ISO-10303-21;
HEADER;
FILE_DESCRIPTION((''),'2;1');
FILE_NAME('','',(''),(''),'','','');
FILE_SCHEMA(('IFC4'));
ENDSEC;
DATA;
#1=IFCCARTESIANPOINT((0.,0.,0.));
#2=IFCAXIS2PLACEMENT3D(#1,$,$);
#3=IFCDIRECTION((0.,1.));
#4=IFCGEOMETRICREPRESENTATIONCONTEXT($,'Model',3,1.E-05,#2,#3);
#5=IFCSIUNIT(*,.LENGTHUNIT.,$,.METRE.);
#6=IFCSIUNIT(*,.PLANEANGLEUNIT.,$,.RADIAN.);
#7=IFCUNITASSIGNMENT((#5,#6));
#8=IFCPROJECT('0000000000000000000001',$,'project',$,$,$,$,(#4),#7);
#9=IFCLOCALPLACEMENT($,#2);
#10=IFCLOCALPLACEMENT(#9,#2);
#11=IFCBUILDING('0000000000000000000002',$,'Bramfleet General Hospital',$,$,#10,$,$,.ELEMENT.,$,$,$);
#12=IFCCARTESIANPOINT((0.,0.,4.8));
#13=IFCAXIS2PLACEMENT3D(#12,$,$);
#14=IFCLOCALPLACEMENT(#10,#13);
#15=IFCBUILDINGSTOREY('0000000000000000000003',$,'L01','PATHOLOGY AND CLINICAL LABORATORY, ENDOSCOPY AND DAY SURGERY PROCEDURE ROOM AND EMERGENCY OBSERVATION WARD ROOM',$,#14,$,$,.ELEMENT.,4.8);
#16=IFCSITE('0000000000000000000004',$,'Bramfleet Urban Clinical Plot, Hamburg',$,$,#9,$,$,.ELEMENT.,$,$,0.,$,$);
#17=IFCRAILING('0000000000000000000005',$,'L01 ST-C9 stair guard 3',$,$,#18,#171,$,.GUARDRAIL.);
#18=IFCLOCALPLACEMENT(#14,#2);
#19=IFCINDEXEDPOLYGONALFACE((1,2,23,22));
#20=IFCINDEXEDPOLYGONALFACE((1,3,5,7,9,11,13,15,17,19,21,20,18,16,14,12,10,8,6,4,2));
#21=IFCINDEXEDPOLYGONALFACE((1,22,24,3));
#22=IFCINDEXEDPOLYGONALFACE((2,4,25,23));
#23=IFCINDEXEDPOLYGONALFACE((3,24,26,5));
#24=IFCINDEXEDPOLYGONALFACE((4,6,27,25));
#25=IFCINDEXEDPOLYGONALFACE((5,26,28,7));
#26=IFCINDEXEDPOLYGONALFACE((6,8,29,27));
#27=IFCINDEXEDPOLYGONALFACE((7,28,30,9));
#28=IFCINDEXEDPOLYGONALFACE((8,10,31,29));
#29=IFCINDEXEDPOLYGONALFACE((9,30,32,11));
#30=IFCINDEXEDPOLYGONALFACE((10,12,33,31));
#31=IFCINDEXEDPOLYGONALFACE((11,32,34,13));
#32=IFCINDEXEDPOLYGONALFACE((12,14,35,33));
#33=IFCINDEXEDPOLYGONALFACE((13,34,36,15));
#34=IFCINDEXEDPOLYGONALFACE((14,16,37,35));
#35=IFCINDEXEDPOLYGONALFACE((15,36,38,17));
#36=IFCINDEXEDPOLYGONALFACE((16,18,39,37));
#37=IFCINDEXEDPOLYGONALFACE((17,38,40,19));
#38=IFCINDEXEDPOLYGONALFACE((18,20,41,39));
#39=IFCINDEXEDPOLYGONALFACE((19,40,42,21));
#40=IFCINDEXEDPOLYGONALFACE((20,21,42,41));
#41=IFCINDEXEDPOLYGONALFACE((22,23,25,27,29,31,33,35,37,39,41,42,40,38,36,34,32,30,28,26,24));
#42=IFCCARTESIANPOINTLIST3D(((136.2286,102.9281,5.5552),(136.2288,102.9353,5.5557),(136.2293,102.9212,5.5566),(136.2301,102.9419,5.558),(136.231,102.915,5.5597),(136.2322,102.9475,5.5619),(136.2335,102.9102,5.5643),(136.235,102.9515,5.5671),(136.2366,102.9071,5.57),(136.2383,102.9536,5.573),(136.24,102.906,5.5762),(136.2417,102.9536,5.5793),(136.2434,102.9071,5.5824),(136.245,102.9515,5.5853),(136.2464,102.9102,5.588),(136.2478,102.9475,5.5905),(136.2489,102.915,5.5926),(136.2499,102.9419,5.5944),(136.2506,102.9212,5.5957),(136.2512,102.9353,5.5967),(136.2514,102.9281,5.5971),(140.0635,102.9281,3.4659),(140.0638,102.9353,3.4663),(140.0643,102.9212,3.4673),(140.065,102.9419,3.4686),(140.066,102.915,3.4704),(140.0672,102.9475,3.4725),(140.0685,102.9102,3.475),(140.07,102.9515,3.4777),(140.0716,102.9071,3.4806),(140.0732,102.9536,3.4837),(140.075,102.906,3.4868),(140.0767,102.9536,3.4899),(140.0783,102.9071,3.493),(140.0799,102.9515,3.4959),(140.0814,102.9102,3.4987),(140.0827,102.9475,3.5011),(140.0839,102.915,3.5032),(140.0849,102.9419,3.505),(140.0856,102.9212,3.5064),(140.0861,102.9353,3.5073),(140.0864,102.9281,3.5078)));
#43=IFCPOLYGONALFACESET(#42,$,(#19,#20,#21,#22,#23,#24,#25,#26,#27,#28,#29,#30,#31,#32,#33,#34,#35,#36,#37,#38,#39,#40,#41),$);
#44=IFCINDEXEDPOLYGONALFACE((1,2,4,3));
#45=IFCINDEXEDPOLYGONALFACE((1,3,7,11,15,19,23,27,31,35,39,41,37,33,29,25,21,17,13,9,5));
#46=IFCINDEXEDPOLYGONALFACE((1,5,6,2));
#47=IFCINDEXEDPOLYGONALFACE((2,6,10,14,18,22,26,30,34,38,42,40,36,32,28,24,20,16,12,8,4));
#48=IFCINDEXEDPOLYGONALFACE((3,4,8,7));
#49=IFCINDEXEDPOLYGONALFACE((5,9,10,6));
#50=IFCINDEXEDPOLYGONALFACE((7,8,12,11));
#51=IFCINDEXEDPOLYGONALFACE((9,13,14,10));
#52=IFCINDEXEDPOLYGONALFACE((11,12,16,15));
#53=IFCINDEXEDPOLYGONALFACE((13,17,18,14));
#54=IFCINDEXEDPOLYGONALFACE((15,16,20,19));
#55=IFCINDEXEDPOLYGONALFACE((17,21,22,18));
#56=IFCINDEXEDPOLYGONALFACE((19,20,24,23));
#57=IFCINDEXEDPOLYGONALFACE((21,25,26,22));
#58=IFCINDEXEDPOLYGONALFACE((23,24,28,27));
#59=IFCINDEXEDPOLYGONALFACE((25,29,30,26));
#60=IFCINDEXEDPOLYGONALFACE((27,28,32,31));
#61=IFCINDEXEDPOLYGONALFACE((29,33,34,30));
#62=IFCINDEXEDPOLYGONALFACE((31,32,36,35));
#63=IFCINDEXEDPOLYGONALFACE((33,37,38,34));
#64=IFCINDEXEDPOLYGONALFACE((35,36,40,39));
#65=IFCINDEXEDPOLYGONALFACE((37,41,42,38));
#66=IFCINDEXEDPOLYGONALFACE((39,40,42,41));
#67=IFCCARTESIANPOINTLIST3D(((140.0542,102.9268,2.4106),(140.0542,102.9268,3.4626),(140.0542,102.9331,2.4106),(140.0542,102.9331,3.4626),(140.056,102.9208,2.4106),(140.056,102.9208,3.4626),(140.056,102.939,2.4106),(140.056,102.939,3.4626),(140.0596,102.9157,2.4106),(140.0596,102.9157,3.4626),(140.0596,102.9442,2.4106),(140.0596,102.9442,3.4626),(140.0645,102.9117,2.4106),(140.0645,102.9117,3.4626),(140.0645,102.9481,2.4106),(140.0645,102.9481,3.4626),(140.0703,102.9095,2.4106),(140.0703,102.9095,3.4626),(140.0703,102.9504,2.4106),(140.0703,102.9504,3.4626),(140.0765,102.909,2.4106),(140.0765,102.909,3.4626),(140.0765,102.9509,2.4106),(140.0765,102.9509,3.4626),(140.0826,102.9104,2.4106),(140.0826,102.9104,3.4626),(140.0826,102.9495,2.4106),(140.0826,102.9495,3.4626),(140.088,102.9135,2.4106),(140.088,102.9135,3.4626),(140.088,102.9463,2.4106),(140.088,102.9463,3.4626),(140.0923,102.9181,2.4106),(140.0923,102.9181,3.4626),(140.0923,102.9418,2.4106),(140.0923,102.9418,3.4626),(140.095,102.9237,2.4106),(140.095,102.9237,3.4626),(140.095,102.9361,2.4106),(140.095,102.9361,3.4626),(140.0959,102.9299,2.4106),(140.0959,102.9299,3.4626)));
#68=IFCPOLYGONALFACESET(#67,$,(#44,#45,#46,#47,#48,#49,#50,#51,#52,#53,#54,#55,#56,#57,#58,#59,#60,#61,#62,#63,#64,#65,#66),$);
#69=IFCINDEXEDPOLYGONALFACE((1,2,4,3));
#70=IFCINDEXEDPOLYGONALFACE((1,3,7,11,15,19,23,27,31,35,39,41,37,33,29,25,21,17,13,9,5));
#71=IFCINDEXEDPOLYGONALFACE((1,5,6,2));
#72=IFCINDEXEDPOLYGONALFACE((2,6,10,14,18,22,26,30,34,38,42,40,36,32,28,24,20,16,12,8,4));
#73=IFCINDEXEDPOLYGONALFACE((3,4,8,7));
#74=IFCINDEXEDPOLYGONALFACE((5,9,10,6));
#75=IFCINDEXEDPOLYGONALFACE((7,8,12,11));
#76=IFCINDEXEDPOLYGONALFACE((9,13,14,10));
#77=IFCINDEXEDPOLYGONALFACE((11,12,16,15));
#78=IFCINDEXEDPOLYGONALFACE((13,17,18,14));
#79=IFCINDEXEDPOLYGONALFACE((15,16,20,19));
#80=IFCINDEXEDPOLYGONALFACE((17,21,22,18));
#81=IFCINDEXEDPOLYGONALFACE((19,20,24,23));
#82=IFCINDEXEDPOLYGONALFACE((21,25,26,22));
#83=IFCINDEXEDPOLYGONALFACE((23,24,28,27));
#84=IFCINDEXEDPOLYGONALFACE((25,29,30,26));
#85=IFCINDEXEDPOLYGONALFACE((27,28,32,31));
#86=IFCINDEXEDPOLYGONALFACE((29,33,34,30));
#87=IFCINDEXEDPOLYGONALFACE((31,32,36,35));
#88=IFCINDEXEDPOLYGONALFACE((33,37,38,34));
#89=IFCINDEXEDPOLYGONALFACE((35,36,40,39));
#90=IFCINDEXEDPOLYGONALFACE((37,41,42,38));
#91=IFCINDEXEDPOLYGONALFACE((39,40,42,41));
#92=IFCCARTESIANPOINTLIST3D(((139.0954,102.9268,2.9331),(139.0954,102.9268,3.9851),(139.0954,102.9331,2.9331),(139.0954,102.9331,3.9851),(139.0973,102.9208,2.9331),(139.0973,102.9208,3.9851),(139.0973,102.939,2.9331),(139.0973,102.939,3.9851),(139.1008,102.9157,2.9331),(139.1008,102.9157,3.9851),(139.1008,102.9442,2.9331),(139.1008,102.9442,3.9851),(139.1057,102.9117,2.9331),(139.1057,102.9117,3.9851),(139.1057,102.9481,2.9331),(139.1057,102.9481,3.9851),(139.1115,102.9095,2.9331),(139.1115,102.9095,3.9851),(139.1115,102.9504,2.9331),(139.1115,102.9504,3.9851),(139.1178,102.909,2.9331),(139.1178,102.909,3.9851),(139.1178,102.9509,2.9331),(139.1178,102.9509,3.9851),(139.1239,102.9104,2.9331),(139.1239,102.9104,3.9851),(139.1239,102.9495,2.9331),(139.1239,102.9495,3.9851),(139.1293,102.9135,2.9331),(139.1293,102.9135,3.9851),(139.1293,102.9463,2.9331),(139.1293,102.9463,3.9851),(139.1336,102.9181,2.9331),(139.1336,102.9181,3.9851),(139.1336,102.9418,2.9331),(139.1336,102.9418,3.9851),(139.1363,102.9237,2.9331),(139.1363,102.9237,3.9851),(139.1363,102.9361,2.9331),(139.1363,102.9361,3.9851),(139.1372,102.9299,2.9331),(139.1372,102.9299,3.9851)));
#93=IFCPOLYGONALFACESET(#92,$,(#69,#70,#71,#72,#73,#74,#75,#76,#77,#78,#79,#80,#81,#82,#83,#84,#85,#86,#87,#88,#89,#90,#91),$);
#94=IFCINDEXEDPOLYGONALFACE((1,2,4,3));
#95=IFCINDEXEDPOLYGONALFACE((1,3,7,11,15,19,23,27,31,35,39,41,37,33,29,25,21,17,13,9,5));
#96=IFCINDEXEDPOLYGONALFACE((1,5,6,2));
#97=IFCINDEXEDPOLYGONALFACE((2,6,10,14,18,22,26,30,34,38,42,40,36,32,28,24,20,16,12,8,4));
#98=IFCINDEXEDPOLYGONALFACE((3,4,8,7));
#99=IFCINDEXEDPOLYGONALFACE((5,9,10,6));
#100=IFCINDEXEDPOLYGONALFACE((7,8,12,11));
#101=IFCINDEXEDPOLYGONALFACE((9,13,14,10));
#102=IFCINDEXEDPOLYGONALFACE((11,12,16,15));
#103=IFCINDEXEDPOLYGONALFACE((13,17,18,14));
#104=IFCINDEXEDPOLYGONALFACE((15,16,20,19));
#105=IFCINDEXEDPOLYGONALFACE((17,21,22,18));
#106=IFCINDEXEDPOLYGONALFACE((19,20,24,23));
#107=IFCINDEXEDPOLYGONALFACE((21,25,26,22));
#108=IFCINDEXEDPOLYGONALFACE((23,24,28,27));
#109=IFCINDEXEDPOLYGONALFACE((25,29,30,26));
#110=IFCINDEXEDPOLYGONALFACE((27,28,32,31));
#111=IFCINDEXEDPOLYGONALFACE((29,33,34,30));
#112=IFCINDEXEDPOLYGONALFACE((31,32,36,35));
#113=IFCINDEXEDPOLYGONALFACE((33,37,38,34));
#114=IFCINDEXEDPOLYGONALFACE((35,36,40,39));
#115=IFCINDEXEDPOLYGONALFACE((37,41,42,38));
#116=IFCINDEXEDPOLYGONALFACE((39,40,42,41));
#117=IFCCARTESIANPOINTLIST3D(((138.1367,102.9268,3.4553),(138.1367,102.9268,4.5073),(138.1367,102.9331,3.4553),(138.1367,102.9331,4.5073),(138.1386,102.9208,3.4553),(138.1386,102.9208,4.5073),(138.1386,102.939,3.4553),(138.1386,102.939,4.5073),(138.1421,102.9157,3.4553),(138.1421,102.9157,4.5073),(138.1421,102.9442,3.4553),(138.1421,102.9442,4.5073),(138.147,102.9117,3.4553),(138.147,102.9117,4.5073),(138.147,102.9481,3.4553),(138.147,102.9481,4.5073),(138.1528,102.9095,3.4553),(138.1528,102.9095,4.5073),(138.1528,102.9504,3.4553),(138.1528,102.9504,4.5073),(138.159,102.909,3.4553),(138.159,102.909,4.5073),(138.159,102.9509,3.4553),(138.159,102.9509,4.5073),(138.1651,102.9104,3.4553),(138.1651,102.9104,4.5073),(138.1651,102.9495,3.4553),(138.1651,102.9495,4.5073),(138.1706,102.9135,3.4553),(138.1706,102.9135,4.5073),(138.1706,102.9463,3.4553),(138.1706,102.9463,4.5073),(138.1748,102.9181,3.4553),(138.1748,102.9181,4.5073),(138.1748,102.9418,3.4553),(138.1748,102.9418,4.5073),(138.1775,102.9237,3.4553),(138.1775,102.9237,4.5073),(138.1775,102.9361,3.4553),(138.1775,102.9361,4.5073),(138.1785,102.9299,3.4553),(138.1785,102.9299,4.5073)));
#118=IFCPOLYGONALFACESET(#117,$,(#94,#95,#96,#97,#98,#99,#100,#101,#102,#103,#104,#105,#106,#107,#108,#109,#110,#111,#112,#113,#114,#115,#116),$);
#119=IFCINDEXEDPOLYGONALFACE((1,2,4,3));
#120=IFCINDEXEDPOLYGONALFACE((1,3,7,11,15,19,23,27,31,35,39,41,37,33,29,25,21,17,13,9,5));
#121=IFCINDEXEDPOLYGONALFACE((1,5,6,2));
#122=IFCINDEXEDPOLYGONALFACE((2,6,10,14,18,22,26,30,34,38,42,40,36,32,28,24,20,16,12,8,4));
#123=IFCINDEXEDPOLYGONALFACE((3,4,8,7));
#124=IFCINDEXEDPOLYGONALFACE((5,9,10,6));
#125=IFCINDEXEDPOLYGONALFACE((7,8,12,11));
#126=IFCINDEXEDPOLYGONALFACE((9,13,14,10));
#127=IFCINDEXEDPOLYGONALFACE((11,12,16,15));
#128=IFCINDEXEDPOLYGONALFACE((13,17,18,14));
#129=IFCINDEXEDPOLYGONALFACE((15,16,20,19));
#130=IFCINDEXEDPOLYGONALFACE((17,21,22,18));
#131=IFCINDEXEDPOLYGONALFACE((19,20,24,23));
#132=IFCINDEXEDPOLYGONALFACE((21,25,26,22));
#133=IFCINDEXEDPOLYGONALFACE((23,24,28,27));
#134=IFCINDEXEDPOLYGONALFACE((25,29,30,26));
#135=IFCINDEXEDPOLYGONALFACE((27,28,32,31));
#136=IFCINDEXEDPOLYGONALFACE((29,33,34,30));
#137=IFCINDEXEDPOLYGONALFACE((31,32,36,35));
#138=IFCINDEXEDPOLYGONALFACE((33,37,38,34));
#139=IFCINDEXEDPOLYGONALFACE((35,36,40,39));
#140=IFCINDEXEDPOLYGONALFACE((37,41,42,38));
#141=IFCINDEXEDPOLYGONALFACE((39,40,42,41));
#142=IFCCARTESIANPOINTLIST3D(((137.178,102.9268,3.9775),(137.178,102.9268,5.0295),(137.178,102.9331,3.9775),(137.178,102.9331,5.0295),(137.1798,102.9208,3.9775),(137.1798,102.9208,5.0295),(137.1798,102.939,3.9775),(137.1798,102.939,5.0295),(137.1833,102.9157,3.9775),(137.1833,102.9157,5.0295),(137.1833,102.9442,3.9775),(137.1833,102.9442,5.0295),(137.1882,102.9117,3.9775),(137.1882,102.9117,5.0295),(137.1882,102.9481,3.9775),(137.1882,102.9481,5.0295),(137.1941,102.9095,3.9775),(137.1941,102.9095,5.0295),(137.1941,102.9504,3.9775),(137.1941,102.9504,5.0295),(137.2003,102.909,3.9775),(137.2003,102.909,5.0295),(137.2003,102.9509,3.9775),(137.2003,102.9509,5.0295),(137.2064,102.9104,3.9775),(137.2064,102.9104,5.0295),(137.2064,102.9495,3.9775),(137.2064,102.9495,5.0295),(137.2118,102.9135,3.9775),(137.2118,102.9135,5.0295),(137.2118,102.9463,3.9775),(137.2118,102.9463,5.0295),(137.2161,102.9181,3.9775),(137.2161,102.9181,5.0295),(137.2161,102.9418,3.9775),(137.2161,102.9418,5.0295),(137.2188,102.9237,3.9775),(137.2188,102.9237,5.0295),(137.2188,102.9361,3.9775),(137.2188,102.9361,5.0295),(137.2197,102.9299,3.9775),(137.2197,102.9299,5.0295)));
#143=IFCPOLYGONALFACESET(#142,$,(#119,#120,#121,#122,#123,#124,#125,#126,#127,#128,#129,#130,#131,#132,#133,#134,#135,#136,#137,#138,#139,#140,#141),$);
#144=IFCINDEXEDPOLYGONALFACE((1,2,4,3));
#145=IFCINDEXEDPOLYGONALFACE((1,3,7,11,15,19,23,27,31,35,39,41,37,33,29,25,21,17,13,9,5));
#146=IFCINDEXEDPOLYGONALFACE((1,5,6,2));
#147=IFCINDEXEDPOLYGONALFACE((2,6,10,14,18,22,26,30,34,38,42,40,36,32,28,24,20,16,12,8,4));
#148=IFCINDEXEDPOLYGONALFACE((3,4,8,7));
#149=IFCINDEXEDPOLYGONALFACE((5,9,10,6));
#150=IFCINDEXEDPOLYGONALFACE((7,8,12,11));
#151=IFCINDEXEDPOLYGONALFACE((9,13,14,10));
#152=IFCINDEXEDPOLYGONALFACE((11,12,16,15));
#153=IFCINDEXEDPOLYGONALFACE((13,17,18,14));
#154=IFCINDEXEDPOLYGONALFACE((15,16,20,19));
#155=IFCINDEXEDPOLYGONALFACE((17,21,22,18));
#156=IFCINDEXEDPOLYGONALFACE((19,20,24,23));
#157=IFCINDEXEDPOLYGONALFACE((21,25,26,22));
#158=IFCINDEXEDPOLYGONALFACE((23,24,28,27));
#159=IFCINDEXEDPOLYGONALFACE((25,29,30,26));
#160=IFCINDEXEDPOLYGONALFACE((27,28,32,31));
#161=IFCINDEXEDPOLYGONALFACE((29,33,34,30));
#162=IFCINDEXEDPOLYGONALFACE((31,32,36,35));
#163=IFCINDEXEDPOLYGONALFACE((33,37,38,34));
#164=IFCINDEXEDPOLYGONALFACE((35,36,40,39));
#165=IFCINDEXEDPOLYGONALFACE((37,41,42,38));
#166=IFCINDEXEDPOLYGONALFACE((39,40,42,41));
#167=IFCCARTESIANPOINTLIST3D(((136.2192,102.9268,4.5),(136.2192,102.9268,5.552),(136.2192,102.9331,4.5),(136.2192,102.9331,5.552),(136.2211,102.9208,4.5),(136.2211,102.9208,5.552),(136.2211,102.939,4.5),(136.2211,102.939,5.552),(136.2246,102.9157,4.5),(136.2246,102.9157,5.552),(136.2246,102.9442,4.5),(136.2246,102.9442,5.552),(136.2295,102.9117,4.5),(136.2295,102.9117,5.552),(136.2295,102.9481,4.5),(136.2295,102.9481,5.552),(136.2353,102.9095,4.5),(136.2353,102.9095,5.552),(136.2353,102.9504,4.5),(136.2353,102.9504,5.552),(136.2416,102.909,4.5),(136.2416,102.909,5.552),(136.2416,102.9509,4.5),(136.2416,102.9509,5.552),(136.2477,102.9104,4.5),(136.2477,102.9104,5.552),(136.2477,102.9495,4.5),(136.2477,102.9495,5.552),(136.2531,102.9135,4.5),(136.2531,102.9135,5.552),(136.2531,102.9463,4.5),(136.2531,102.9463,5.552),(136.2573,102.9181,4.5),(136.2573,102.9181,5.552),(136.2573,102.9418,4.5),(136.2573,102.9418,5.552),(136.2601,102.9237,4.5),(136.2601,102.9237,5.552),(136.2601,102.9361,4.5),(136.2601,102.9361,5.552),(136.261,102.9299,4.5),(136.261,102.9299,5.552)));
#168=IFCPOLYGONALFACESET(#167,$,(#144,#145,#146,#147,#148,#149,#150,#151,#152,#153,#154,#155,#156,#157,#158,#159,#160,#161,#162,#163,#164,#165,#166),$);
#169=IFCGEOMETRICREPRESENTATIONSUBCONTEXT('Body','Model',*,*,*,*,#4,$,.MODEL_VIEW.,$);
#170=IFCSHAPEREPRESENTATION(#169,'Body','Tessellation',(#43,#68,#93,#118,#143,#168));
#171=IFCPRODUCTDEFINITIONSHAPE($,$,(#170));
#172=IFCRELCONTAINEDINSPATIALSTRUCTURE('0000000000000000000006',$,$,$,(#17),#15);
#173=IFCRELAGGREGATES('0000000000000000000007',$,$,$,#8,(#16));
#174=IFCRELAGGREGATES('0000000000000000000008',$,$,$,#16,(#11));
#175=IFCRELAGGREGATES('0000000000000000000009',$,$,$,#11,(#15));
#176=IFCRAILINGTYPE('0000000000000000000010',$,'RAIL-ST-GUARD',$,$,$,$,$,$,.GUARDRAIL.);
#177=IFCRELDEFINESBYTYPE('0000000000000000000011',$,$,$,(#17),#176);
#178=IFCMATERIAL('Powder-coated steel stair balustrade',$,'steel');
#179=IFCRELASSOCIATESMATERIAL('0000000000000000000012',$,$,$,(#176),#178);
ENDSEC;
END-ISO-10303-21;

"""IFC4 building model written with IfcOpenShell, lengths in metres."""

from ifc_helpers import new_model, si_unit, direction, frame, origin, origin_2d, place, context, subcontext, project, spatial, circle, extrude, material, type_object, element, save


model = new_model("IFC4")

# Units and contexts
model_context = context("Model", 3, precision=1e-05, world=origin(), true_north=direction((0.0, 1.0)))
body_context = subcontext(model_context, "Body", "Model", "MODEL_VIEW")
ifc_project = project(units=[si_unit("LENGTHUNIT", "METRE"), si_unit("PLANEANGLEUNIT", "RADIAN")], contexts=[model_context])

# Site, building, storey
site_placement = place(None, origin())
site = spatial("IfcSite", under=ifc_project, at=site_placement, Name="Bramfleet Urban Clinical Plot, Hamburg", CompositionType="ELEMENT", RefElevation=0.0)
building_placement = place(site_placement, origin())
building = spatial("IfcBuilding", under=site, at=building_placement, Name="Bramfleet General Hospital", CompositionType="ELEMENT")
storey_placement = place(building_placement, frame((0.0, 0.0, 4.8)))
storey = spatial("IfcBuildingStorey", under=building, at=storey_placement, Name="L01", Description="PATHOLOGY AND CLINICAL LABORATORY, ENDOSCOPY AND DAY SURGERY PROCEDURE ROOM AND EMERGENCY OBSERVATION WARD ROOM", CompositionType="ELEMENT", Elevation=4.8)

# Railing
ifc_material_1 = material(Name="Powder-coated steel stair balustrade", Category="steel")
railing_type = type_object("IfcRailingType", Name="RAIL-ST-GUARD", PredefinedType="GUARDRAIL", material=ifc_material_1)
railing_1_placement = place(storey_placement, frame((140.075, 102.9299, 2.4106)))
element("IfcRailing", 1, at=railing_1_placement, inside=storey, type_object=railing_type, Name="L01 ST-C9 stair guard 3", PredefinedType="GUARDRAIL", context=body_context, shape_type="SweptSolid", body=[
    extrude(circle(Radius=0.0239, at=origin_2d()), frame((0.0, 0.0, 1.0762), z_axis=(-0.87813, 0.0, 0.478421), x_axis=(0.0, -1.0, 0.0)), (0.0, 0.0, 1.0), 4.3672),
    extrude(circle(Radius=0.021, at=origin_2d()), origin(), (0.0, 0.0, 1.0), 1.052),
    extrude(circle(Radius=0.021, at=origin_2d()), frame((-0.9587, 0.0, 0.5225)), (0.0, 0.0, 1.0), 1.052),
    extrude(circle(Radius=0.021, at=origin_2d()), frame((-1.9175, 0.0, 1.0447)), (0.0, 0.0, 1.0), 1.052),
    extrude(circle(Radius=0.021, at=origin_2d()), frame((-2.8762, 0.0, 1.5669)), (0.0, 0.0, 1.0), 1.052),
    extrude(circle(Radius=0.021, at=origin_2d()), frame((-3.835, 0.0, 2.0894)), (0.0, 0.0, 1.0), 1.052),
])

save(model, "model.ifc")
